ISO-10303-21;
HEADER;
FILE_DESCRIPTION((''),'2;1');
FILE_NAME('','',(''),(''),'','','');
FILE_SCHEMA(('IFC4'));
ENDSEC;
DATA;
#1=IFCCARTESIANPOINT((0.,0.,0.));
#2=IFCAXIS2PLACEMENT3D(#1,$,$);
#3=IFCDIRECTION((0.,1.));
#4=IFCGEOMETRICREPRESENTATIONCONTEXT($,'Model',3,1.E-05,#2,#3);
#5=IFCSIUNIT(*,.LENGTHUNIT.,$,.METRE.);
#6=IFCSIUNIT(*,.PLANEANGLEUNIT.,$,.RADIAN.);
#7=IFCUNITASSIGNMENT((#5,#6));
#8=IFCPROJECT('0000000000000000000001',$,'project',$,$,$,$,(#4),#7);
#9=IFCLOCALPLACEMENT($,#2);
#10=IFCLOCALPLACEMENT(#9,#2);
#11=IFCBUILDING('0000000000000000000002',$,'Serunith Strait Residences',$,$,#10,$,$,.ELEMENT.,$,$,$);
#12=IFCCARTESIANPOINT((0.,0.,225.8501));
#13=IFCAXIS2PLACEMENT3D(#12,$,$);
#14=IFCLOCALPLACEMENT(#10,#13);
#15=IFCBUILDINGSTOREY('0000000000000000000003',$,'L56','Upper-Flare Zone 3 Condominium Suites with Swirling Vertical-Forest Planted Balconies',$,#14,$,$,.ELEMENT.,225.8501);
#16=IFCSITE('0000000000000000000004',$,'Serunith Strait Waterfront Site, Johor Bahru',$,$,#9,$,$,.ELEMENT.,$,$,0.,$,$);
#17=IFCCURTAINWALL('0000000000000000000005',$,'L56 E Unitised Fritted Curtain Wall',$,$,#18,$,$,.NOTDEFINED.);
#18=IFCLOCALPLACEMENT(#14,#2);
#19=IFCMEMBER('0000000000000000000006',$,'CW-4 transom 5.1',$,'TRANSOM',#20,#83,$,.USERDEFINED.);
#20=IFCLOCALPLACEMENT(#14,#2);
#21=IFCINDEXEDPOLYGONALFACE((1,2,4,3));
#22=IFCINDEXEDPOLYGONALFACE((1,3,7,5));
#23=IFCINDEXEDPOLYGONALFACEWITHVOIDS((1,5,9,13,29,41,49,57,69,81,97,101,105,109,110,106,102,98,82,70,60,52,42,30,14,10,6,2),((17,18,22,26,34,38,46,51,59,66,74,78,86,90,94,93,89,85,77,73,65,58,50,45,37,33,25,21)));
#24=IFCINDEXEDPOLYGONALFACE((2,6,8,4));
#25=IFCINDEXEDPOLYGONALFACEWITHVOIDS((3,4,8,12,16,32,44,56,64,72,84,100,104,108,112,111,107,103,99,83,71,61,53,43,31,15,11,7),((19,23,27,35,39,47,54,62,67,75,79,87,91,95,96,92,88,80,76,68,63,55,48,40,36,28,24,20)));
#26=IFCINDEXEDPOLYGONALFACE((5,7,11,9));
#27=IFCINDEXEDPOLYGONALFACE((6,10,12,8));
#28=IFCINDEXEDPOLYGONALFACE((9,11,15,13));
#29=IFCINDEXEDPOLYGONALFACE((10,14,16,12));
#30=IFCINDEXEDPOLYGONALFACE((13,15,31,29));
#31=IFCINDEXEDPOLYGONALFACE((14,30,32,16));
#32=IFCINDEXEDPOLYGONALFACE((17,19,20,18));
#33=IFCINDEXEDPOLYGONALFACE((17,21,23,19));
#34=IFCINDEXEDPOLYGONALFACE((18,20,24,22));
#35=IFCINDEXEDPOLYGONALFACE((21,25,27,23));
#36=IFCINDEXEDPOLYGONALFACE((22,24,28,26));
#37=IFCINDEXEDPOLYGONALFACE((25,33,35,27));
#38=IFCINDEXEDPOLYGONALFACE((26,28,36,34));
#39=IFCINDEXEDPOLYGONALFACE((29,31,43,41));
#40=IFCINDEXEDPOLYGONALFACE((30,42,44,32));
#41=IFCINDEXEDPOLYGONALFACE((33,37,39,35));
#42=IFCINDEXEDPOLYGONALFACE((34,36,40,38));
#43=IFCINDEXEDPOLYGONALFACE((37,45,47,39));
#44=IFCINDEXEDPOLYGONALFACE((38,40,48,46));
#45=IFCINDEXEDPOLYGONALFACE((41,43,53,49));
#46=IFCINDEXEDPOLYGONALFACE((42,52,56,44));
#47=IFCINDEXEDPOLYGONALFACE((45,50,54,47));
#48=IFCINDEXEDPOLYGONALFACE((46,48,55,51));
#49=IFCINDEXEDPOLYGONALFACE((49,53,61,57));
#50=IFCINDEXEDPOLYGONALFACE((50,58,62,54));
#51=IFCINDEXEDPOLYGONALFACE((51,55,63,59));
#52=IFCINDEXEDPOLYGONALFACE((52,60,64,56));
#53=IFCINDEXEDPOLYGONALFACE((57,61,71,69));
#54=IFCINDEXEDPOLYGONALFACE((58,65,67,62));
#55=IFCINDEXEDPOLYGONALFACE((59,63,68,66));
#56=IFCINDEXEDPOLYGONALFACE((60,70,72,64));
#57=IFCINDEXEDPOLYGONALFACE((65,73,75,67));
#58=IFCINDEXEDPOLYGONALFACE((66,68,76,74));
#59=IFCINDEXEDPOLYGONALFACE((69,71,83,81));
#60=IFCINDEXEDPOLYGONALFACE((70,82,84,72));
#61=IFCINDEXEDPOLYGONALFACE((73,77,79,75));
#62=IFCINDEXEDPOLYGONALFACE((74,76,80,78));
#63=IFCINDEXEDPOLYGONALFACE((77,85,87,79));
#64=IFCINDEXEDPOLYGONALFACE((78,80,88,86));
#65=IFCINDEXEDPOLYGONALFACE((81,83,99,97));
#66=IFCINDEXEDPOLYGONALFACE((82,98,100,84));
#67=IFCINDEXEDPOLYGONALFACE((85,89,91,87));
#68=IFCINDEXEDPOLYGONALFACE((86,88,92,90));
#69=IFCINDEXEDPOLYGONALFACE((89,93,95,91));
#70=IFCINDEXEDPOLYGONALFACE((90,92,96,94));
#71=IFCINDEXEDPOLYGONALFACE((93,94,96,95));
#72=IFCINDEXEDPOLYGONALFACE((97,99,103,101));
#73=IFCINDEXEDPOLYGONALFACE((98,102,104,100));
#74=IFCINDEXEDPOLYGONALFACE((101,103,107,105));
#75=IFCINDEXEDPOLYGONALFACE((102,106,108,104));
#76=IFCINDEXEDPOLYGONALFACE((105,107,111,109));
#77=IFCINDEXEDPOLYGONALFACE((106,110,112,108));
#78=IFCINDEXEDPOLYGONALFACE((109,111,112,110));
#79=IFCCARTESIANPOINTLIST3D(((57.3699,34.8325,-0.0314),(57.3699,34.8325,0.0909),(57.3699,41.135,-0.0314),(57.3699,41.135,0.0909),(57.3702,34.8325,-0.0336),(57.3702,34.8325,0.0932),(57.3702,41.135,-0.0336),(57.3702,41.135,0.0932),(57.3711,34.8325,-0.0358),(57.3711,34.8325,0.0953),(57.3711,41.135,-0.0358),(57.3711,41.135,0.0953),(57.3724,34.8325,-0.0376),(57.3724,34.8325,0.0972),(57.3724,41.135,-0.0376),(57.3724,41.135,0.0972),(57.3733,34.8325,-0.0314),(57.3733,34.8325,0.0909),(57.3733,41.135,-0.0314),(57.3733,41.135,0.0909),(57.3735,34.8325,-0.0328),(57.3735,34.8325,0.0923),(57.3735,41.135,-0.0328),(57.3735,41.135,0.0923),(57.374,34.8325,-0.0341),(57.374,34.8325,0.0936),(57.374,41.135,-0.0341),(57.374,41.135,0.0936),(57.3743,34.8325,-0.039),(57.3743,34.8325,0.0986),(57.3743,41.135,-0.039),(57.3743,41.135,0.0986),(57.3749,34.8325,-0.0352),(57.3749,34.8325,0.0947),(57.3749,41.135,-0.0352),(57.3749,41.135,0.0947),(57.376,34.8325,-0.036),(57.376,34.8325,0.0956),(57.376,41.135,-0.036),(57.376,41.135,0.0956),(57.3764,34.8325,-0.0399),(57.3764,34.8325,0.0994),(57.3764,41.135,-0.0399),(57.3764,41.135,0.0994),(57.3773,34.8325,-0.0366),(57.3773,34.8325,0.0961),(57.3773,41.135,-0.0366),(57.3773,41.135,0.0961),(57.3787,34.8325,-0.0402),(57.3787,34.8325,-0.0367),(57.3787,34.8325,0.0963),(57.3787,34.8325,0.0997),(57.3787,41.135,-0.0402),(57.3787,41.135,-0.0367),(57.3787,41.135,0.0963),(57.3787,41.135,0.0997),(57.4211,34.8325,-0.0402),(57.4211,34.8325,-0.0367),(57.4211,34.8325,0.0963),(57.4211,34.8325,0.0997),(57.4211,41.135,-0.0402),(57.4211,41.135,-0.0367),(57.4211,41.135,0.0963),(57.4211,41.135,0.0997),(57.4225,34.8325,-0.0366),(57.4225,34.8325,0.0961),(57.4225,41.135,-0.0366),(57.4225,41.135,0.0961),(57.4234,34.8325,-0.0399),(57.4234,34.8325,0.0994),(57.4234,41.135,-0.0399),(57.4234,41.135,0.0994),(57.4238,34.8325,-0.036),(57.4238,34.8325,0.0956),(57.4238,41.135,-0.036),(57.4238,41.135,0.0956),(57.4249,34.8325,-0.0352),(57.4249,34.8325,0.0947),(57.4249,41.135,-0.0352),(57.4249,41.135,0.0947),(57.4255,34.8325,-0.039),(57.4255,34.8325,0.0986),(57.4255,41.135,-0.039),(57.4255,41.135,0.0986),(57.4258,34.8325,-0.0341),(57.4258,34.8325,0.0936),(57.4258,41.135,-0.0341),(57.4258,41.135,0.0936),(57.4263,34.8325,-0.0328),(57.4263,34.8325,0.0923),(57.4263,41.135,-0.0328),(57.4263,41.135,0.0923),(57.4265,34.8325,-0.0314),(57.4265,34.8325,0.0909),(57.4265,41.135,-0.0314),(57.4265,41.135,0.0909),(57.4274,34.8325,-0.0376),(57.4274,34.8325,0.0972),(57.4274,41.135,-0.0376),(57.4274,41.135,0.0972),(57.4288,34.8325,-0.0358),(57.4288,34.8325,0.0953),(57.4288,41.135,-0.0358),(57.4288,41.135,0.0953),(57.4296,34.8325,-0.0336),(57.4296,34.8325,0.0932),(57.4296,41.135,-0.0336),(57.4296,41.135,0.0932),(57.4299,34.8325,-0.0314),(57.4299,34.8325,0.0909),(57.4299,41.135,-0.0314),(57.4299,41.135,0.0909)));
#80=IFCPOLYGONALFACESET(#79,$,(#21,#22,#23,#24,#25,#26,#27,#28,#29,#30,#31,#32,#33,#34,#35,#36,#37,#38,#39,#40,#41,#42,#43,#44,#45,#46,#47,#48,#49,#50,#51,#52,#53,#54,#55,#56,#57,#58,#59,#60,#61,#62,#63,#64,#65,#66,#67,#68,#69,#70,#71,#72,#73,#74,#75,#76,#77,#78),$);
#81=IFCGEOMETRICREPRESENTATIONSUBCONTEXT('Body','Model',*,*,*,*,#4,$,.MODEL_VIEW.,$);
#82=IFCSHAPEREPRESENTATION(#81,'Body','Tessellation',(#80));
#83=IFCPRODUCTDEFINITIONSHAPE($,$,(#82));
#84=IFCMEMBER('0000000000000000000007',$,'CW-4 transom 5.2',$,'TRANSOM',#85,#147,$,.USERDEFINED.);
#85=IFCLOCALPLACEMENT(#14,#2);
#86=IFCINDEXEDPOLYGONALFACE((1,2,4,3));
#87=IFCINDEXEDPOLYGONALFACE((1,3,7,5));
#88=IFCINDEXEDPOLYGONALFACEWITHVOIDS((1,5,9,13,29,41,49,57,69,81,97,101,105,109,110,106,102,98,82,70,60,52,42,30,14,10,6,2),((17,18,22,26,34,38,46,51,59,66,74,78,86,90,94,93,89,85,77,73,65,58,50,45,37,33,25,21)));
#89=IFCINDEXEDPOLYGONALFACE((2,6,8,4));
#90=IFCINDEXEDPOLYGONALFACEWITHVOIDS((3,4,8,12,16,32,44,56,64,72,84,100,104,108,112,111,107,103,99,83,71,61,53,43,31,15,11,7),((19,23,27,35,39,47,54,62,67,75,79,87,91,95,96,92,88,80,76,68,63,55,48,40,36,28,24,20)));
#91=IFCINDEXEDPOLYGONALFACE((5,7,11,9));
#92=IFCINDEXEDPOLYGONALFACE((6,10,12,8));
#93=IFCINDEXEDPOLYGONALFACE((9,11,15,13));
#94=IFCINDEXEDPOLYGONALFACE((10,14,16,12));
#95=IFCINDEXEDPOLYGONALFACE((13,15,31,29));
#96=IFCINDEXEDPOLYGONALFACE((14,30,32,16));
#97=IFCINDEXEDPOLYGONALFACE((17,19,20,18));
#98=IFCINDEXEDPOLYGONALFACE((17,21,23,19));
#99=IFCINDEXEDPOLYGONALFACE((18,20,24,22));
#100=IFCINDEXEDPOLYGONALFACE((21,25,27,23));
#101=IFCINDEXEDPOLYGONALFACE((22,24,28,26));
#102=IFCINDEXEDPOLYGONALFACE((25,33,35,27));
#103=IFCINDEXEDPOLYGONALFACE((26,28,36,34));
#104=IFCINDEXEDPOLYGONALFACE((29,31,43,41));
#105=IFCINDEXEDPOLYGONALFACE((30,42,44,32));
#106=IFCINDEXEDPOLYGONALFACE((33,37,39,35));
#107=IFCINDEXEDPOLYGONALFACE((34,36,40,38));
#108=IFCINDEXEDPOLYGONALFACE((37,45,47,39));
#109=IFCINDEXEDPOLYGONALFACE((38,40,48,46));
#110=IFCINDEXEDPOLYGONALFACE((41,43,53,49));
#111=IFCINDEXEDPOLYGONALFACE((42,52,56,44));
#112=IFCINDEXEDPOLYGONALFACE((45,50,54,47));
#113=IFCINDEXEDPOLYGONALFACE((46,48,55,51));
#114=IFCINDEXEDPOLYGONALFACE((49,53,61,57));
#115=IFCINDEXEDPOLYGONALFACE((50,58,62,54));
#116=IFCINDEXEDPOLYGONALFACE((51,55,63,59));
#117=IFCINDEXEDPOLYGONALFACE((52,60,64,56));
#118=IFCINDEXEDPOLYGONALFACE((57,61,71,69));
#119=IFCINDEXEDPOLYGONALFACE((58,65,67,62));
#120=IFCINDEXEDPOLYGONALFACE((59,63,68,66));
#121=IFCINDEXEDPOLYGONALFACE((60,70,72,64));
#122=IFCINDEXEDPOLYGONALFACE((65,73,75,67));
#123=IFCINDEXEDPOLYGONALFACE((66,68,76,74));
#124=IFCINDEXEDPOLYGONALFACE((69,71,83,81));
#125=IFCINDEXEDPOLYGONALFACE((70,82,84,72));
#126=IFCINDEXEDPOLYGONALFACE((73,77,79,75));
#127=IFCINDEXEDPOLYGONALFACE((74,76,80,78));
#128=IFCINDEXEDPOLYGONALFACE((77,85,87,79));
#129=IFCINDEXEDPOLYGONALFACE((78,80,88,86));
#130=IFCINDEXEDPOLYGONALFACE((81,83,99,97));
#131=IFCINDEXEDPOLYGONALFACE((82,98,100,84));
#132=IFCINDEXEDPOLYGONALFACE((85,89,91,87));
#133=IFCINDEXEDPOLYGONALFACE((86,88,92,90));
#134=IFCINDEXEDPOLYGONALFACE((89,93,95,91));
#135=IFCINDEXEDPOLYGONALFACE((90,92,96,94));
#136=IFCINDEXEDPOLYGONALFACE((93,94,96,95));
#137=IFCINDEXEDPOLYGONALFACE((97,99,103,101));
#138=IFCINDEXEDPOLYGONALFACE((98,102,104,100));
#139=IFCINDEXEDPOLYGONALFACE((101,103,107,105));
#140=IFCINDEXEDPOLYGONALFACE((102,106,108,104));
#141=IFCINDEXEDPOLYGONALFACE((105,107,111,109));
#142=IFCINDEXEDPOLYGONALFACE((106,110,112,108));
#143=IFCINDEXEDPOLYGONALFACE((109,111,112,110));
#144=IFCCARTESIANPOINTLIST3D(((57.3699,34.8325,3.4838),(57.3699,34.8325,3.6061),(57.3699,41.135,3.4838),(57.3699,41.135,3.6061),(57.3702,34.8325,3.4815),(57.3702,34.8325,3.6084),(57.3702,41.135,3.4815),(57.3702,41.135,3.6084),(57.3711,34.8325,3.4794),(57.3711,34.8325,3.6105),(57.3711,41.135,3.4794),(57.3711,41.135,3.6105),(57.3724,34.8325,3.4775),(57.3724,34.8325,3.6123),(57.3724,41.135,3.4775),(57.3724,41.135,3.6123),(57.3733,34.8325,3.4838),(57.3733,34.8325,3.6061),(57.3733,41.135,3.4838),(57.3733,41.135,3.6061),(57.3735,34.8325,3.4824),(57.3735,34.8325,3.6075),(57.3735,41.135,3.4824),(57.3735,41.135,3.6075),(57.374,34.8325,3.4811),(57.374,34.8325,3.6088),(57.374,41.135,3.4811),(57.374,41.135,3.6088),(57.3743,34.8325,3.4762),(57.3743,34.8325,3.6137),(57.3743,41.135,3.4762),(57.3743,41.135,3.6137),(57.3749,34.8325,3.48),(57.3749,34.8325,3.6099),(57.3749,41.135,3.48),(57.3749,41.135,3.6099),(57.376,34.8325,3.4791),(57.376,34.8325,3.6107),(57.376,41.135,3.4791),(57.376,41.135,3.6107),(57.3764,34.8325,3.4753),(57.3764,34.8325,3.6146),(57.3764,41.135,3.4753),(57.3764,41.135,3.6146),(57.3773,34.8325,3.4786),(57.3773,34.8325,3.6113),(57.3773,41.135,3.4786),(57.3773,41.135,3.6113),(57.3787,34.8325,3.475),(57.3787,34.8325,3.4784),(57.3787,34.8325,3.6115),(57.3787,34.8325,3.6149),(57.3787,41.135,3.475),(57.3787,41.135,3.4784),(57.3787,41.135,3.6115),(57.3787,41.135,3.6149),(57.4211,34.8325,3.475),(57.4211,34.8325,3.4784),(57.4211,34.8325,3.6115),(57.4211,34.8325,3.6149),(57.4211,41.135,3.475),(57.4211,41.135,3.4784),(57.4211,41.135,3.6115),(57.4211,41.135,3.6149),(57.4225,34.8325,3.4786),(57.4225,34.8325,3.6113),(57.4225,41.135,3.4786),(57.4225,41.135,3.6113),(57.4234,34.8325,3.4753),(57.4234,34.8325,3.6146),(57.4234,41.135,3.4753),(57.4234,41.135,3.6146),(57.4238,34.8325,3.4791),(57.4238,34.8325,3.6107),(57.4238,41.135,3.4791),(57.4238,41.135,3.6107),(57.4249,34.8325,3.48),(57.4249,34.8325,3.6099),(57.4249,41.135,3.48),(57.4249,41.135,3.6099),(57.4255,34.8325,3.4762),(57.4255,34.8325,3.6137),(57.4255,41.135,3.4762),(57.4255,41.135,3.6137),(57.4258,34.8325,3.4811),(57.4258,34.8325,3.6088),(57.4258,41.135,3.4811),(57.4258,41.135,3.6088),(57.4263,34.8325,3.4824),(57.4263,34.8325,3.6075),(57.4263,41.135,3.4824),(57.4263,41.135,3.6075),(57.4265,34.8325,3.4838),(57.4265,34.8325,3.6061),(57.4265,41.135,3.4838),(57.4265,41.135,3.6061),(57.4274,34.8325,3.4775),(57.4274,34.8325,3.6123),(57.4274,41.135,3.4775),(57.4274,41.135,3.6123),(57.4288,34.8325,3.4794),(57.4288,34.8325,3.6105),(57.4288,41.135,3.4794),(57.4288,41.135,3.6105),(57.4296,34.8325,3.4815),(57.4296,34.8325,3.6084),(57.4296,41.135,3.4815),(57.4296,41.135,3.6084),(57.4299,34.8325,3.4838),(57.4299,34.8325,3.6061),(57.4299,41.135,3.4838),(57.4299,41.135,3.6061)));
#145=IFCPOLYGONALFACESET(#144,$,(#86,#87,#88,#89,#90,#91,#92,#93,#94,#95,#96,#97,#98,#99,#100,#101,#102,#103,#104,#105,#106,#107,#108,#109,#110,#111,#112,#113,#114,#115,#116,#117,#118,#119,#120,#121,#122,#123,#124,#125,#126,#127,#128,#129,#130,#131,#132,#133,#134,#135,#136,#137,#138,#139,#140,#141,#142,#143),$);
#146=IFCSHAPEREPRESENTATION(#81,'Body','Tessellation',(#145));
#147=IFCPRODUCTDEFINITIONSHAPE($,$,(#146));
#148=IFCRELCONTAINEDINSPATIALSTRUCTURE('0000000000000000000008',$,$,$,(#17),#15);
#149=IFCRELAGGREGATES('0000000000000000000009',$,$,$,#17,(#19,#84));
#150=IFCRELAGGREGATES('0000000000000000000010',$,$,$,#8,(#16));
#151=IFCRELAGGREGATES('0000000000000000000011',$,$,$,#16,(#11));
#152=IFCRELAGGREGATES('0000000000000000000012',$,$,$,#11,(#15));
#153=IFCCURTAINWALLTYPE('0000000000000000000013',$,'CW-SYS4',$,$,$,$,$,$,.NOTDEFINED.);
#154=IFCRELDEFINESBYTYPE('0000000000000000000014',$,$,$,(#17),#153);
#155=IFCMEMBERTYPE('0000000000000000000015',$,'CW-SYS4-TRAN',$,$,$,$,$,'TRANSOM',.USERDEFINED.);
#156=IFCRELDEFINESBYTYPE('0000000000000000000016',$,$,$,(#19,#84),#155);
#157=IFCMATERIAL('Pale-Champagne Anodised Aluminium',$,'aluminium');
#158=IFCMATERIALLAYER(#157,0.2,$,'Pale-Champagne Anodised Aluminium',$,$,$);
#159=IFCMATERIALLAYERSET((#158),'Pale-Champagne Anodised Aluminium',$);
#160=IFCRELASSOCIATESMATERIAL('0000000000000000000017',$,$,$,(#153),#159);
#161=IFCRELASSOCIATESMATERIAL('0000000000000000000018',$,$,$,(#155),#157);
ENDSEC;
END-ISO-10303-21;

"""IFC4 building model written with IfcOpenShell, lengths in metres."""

from ifc_helpers import new_model, si_unit, direction, frame, origin, origin_2d, place, context, subcontext, project, spatial, hollow_rectangle, extrude, source, transform, mapped, material, layer, layer_set, material_profile, profile_set, type_object, element, aggregate, save


model = new_model("IFC4")

# Units and contexts
model_context = context("Model", 3, precision=1e-05, world=origin(), true_north=direction((0.0, 1.0)))
body_context = subcontext(model_context, "Body", "Model", "MODEL_VIEW")
ifc_project = project(units=[si_unit("LENGTHUNIT", "METRE"), si_unit("PLANEANGLEUNIT", "RADIAN")], contexts=[model_context])

# Site, building, storey
site_placement = place(None, origin())
site = spatial("IfcSite", under=ifc_project, at=site_placement, Name="Serunith Strait Waterfront Site, Johor Bahru", CompositionType="ELEMENT", RefElevation=0.0)
building_placement = place(site_placement, origin())
building = spatial("IfcBuilding", under=site, at=building_placement, Name="Serunith Strait Residences", CompositionType="ELEMENT")
storey_placement = place(building_placement, frame((0.0, 0.0, 225.8501)))
storey = spatial("IfcBuildingStorey", under=building, at=storey_placement, Name="L56", Description="Upper-Flare Zone 3 Condominium Suites with Swirling Vertical-Forest Planted Balconies", CompositionType="ELEMENT", Elevation=225.8501)

# Curtain wall, members
ifc_material_1 = material(Name="Pale-Champagne Anodised Aluminium", Category="aluminium")
ifc_layer_1 = layer(ifc_material_1, 0.2, Name="Pale-Champagne Anodised Aluminium")
ifc_layer_set_1 = layer_set([ifc_layer_1], Name="Pale-Champagne Anodised Aluminium")
curtain_wall_type = type_object("IfcCurtainWallType", Name="CW-SYS4", PredefinedType="NOTDEFINED", material=ifc_layer_set_1)
curtain_wall_placement = place(storey_placement, origin())
curtain_wall = element("IfcCurtainWall", 1, at=curtain_wall_placement, inside=storey, type_object=curtain_wall_type, Name="L56 E Unitised Fritted Curtain Wall", PredefinedType="NOTDEFINED")
ifc_material_profile_1 = material_profile(ifc_material_1, hollow_rectangle(XDim=0.0601, YDim=0.1399, WallThickness=0.0034, InnerFilletRadius=0.0054, OuterFilletRadius=0.0088, at=origin_2d()), Name="ALU 140x60x3.5")
ifc_profile_set_1 = profile_set([ifc_material_profile_1], Name="Pale-Champagne Anodised Aluminium")
member_type_1 = type_object("IfcMemberType", Name="CW-SYS4-TRAN", ElementType="TRANSOM", PredefinedType="USERDEFINED", material=ifc_profile_set_1)
shared_shape_1 = source(origin(), body_context, "Body", "SweptSolid", [
    extrude(hollow_rectangle(XDim=0.0601, YDim=0.1399, WallThickness=0.0034, InnerFilletRadius=0.0054, OuterFilletRadius=0.0088, at=origin_2d()), origin(), (0.0, 0.0, 1.0), 6.3025),
])
member_1_placement = place(storey_placement, frame((57.3999, 34.8325, 0.0298), z_axis=(0.0, 1.0, 0.0), x_axis=(-1.0, 0.0, 0.0)))
member_1 = element("IfcMember", 2, at=member_1_placement, type_object=member_type_1, Name="CW-4 transom 5.1", ObjectType="TRANSOM", PredefinedType="USERDEFINED", context=body_context, shape_type="MappedRepresentation", body=[
    mapped(shared_shape_1, transform((0.0, 0.0, 0.0), scale=1.0)),
])
member_2_placement = place(storey_placement, frame((57.3999, 34.8325, 3.5449), z_axis=(0.0, 1.0, 0.0), x_axis=(-1.0, 0.0, 0.0)))
member_2 = element("IfcMember", 3, at=member_2_placement, type_object=member_type_1, Name="CW-4 transom 5.2", ObjectType="TRANSOM", PredefinedType="USERDEFINED", context=body_context, shape_type="MappedRepresentation", body=[
    mapped(shared_shape_1, transform((0.0, 0.0, 0.0), scale=1.0)),
])
aggregate(curtain_wall, [member_1, member_2])

save(model, "model.ifc")
